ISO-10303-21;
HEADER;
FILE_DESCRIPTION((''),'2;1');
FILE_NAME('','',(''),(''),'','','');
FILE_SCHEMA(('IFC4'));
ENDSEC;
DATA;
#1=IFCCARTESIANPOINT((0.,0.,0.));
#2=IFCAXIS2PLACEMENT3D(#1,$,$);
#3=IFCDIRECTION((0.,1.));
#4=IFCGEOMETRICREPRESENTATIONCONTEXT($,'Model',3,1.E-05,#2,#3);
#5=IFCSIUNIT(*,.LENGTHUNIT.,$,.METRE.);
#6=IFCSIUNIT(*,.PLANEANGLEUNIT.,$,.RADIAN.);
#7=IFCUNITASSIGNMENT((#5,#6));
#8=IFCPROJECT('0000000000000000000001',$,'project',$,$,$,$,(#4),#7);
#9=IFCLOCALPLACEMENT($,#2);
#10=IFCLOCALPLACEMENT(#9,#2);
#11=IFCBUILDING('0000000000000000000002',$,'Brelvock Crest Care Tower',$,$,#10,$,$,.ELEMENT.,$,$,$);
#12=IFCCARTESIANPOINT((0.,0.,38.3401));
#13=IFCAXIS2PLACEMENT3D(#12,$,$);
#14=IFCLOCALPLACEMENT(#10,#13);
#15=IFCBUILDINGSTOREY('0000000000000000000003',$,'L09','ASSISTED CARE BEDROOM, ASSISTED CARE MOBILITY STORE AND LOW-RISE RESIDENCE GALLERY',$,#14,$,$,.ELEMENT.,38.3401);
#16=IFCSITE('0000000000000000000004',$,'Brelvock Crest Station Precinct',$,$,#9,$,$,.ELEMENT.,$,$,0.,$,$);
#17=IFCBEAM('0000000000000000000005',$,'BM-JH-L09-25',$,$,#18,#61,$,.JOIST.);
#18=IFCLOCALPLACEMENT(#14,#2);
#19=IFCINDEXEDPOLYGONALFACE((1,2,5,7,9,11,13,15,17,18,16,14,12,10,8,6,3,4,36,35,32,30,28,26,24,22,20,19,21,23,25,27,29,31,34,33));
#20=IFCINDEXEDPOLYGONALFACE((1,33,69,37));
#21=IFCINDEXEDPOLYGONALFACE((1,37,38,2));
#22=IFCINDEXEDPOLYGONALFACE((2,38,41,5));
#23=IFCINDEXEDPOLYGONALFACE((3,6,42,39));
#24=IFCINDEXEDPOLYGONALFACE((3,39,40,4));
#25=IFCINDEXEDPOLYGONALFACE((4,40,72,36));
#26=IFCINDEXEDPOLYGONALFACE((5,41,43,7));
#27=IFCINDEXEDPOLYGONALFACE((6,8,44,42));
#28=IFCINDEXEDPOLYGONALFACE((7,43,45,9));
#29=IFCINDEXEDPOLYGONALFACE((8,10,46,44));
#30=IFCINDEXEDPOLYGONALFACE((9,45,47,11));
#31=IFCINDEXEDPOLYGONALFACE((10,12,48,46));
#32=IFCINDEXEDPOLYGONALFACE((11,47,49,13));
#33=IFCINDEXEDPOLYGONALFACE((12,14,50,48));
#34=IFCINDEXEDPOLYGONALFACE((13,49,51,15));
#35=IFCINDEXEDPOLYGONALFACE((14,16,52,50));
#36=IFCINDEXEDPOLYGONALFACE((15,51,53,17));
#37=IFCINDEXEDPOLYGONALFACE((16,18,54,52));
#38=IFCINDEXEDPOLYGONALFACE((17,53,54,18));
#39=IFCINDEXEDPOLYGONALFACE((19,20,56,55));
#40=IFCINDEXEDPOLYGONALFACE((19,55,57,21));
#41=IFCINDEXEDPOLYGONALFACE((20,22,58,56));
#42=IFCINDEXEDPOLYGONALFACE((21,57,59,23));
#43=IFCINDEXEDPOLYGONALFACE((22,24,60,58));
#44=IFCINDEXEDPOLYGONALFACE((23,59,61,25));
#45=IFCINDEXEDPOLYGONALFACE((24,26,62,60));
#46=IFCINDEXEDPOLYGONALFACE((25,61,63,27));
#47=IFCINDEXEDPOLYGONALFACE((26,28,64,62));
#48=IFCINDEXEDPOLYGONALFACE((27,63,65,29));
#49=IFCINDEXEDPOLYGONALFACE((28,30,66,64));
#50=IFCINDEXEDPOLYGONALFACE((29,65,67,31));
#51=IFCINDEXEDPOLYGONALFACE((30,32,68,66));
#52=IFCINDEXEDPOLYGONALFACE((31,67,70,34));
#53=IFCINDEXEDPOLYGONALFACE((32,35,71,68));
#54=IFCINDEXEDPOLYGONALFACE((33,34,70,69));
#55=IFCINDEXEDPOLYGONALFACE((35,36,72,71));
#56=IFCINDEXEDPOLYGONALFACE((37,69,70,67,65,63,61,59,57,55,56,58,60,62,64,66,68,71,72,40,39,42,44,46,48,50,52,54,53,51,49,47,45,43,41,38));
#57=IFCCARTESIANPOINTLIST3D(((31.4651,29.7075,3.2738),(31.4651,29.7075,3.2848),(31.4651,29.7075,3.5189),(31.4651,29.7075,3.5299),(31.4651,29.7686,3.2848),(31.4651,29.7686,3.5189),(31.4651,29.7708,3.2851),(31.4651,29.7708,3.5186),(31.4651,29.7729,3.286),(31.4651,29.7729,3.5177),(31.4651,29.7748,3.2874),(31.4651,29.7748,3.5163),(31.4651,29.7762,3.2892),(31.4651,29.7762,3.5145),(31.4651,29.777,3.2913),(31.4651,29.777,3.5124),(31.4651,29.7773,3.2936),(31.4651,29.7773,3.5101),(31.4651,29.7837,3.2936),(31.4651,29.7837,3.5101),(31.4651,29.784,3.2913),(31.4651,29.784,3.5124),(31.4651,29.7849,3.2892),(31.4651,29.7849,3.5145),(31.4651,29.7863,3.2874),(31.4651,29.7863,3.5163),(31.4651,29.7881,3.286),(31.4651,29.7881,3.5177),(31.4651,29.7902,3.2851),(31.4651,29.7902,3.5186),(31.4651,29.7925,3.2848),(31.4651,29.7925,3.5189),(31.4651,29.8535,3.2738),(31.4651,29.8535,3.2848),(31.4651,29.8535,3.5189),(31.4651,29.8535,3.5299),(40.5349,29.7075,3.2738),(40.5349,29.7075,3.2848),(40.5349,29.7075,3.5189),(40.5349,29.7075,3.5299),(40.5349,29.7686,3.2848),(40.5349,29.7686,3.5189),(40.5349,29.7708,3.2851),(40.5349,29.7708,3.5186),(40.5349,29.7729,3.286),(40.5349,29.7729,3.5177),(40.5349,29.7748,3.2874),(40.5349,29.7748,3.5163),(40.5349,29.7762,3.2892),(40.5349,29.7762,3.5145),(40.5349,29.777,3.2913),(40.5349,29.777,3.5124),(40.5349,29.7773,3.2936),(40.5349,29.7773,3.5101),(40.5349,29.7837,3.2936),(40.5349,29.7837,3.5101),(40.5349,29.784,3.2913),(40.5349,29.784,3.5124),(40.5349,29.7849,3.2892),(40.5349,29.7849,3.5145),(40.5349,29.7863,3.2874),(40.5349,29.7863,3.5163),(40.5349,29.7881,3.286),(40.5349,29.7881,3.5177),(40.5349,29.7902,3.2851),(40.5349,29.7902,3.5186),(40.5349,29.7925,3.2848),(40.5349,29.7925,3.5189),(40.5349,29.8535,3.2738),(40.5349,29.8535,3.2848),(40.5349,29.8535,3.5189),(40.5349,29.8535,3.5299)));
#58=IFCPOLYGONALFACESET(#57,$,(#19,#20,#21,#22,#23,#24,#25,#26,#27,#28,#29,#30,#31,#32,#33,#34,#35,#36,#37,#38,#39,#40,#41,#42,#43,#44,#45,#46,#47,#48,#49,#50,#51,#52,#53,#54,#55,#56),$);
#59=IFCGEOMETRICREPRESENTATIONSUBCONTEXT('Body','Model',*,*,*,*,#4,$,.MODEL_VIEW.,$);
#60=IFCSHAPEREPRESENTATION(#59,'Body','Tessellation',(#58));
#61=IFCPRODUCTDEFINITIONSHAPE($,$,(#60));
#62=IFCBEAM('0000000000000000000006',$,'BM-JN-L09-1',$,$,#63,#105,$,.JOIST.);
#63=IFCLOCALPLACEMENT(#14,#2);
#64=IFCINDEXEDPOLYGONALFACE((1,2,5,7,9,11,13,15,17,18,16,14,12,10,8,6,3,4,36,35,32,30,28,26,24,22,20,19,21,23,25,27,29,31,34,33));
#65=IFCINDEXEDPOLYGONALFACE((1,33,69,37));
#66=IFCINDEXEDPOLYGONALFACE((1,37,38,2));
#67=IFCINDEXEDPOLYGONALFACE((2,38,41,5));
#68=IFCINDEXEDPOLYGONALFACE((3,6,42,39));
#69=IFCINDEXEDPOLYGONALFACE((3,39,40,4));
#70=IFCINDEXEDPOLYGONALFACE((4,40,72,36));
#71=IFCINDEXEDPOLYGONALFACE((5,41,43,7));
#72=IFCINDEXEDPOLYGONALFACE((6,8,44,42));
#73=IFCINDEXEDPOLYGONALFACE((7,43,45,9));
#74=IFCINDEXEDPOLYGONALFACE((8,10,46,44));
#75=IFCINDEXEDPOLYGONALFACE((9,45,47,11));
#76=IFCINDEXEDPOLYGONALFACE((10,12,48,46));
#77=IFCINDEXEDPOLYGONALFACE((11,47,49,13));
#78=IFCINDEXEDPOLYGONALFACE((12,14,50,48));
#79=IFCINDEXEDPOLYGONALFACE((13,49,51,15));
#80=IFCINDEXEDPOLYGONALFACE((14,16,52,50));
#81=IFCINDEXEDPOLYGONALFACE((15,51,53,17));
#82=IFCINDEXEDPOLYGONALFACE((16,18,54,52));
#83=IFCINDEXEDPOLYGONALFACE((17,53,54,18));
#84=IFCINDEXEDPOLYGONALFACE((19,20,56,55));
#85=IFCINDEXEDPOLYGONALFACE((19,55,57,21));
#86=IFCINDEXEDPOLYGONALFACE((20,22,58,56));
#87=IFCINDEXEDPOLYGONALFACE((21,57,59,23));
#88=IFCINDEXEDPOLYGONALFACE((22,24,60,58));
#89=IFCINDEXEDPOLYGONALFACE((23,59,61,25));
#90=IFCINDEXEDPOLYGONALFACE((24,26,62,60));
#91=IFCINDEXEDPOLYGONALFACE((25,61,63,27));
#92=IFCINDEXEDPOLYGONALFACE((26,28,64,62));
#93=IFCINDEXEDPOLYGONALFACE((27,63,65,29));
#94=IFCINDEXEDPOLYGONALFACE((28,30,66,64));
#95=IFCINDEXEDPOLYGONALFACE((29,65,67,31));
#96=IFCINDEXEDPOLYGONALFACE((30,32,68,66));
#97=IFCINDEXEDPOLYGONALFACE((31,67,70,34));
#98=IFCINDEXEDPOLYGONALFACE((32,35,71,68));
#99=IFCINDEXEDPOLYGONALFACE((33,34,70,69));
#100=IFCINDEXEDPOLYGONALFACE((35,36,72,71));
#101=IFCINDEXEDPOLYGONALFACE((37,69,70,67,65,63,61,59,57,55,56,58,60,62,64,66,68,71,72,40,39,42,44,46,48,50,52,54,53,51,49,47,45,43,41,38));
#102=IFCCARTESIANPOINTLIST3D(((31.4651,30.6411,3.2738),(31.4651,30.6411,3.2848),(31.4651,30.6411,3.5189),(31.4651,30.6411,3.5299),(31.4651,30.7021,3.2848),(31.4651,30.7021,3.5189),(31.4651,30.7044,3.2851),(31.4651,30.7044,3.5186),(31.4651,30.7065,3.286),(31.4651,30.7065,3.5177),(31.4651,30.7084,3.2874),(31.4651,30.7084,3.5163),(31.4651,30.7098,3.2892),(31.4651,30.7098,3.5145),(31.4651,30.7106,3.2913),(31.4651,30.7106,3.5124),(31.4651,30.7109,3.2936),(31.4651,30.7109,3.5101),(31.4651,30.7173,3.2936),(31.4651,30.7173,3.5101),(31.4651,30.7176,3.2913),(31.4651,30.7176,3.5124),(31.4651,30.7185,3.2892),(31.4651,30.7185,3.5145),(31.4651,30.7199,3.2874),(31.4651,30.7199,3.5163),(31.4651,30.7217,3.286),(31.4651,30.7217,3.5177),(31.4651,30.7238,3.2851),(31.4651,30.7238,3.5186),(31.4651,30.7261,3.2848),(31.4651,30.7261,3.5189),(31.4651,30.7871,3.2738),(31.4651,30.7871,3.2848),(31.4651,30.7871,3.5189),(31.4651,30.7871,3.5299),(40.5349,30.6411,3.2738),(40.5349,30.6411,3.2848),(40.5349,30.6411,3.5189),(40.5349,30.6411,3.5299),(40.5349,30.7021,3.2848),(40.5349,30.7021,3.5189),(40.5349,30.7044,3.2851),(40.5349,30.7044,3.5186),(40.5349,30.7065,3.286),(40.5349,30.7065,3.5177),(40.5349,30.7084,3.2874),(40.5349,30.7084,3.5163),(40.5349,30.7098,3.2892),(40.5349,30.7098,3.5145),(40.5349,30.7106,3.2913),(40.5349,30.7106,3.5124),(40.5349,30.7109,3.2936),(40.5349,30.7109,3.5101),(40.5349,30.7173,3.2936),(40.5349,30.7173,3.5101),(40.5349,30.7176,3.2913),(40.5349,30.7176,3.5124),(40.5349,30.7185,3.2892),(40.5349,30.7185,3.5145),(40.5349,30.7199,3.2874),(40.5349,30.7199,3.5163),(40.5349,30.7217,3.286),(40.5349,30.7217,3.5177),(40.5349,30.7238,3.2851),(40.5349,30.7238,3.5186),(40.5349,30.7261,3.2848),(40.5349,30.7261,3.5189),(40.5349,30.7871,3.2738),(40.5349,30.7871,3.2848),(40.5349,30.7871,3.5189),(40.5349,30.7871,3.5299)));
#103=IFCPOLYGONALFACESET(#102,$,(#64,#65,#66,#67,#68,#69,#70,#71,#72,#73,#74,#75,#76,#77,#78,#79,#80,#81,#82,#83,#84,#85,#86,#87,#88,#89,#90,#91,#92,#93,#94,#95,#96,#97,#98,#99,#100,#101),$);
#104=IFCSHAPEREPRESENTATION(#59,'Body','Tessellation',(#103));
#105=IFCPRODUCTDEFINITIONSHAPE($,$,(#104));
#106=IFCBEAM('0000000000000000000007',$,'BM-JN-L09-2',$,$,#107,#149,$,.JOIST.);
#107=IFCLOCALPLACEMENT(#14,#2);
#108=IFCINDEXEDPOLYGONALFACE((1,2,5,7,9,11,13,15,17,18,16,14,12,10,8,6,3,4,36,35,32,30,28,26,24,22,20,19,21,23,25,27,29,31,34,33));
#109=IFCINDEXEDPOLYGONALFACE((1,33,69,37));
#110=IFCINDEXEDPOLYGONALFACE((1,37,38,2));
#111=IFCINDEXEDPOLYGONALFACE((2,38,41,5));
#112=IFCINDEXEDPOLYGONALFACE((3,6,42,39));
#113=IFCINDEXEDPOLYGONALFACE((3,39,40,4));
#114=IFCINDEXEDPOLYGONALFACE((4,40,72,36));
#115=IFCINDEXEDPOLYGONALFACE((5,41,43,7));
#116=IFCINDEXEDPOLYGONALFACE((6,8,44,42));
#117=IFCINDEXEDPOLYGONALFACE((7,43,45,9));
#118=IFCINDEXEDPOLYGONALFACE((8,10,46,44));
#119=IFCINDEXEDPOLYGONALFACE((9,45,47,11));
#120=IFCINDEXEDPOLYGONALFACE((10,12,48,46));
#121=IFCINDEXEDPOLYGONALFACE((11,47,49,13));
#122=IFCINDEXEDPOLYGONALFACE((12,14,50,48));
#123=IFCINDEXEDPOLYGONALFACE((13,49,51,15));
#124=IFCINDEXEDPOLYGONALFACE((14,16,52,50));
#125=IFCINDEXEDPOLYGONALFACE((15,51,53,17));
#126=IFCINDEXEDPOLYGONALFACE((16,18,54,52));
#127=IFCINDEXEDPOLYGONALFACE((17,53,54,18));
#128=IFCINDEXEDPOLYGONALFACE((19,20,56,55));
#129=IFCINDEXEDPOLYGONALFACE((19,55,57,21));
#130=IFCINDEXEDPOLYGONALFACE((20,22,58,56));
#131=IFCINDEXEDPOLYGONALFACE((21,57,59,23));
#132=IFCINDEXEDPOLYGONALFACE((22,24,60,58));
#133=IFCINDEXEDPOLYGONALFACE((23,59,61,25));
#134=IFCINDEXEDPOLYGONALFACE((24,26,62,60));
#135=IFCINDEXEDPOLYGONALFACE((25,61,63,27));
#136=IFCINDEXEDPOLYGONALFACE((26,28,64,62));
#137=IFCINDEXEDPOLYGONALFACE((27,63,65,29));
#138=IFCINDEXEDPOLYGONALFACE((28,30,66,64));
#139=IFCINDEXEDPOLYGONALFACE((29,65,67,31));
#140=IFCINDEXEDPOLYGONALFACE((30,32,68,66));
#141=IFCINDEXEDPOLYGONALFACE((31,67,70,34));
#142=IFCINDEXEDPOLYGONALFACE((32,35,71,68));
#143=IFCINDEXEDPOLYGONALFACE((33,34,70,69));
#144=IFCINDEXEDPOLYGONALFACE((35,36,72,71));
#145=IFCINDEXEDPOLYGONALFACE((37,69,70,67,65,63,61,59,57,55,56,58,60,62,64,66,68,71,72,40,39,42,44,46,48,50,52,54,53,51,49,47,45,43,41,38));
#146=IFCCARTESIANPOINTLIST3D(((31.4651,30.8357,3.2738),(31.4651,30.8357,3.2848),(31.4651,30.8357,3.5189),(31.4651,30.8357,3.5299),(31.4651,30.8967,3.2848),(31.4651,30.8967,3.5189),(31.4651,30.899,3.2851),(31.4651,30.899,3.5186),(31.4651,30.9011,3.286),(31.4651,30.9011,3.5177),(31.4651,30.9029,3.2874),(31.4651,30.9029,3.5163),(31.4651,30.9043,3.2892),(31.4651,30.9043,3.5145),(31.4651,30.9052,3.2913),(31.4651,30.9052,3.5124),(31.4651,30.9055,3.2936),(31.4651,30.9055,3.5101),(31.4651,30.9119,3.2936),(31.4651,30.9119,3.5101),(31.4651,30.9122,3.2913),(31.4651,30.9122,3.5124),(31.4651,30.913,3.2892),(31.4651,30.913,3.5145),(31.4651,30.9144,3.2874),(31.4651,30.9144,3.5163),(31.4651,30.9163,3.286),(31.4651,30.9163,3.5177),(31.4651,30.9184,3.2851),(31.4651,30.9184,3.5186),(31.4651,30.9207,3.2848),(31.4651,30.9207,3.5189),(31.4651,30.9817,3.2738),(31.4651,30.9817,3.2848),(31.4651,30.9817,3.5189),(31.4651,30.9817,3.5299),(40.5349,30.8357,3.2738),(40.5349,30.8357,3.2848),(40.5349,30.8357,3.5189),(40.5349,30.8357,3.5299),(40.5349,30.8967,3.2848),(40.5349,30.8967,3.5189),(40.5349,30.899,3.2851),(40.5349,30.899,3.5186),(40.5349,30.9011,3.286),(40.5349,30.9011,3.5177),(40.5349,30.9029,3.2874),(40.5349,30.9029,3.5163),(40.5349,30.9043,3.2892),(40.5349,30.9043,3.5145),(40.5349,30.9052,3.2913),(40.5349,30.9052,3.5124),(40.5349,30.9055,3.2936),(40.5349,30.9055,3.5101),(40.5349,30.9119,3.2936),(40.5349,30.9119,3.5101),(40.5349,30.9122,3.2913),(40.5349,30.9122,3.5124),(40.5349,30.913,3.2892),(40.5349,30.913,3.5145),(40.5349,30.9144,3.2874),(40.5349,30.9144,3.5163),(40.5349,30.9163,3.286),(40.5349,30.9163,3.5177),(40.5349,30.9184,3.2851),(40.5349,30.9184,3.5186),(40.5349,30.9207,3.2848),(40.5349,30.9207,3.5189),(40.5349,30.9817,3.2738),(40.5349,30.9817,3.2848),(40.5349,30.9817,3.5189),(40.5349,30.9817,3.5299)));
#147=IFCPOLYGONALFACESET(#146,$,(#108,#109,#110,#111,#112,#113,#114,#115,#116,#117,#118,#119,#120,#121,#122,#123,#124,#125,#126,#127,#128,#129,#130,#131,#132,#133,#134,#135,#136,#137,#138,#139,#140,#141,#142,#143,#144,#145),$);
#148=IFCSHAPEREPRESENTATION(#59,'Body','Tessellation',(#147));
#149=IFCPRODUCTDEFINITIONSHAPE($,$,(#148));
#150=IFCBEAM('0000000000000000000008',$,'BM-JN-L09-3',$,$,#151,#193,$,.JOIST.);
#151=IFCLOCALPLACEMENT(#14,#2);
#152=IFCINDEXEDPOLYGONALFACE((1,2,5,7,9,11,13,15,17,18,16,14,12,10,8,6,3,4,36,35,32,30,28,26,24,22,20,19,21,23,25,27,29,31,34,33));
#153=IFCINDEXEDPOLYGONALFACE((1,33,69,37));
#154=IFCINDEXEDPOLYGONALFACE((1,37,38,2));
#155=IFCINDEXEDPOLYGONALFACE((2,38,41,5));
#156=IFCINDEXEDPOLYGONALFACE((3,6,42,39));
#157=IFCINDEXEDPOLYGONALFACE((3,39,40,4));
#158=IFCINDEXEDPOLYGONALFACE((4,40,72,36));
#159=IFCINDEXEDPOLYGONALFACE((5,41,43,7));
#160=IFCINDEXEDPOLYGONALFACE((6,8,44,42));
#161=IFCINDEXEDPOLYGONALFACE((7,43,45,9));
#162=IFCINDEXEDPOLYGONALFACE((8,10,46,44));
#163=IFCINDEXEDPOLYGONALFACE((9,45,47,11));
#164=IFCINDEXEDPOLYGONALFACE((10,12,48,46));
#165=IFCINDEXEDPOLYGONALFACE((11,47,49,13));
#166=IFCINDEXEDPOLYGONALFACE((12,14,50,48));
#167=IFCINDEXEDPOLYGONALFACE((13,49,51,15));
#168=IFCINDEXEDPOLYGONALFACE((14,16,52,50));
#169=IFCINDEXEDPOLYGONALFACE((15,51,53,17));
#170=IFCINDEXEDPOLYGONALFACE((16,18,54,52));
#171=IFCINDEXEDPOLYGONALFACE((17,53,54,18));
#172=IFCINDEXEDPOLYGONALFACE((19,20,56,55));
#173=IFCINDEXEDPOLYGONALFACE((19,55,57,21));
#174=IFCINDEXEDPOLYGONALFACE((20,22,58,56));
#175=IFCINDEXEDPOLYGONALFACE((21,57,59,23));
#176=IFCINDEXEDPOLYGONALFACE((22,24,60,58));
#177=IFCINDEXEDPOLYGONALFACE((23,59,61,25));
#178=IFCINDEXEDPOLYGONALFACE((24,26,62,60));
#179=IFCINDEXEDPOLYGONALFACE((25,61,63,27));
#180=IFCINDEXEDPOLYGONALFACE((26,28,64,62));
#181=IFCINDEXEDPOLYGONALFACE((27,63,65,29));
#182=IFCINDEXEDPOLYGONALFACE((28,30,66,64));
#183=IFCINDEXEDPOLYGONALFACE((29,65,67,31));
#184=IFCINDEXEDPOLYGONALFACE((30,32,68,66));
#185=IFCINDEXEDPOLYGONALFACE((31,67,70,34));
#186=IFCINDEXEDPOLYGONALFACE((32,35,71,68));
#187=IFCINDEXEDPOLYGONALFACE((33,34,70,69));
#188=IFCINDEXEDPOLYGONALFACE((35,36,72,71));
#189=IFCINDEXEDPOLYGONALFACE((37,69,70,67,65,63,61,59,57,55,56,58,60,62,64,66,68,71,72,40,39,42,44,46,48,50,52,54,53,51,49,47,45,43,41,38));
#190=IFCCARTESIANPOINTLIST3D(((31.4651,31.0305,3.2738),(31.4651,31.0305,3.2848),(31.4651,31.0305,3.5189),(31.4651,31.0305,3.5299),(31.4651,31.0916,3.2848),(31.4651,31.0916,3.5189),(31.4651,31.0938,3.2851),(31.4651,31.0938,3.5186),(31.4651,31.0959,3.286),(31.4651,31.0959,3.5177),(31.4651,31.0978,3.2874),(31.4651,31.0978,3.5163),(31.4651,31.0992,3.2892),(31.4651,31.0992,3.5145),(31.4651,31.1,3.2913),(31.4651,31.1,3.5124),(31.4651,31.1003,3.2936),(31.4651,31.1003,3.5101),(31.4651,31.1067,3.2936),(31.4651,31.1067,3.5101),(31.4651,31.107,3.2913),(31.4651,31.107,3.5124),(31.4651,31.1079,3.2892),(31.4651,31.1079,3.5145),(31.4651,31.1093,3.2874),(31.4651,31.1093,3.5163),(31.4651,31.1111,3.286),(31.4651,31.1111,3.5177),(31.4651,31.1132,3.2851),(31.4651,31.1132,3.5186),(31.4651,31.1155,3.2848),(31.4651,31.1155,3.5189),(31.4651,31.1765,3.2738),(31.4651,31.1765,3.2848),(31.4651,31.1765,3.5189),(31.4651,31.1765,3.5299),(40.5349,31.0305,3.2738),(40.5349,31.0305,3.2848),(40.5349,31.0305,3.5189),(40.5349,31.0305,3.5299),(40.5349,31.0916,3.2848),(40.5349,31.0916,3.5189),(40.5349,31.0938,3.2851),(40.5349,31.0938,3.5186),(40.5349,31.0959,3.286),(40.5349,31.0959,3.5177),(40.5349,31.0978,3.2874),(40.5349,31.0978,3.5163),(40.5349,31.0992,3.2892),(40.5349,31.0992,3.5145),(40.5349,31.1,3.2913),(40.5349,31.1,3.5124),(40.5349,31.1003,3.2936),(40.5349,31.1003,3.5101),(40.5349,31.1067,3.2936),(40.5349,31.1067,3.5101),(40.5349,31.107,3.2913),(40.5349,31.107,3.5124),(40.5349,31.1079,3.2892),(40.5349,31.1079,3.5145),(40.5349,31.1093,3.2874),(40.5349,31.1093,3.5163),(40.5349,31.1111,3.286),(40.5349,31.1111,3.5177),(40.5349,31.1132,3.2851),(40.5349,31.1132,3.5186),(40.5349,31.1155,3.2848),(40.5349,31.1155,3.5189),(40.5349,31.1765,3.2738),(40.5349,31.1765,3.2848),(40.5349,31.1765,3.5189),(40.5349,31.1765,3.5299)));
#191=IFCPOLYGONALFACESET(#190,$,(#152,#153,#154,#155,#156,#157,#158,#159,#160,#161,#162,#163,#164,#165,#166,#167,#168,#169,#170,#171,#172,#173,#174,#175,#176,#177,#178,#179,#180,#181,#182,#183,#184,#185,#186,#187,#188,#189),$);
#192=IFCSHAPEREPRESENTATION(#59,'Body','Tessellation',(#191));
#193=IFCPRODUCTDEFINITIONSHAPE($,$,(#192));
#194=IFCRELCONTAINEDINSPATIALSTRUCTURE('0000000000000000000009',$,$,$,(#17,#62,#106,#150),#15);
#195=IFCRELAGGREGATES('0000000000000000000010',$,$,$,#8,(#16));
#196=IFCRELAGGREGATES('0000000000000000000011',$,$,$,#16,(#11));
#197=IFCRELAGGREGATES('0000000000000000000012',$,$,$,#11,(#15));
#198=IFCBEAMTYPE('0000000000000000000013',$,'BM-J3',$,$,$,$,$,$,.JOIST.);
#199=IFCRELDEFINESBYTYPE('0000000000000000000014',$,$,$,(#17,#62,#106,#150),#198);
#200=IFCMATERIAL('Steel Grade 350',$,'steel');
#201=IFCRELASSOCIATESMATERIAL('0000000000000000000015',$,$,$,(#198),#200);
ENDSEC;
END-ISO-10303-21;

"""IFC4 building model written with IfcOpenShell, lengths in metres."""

from ifc_helpers import new_model, si_unit, direction, frame, origin, origin_2d, place, context, subcontext, project, spatial, i_section, extrude, source, transform, mapped, material, material_profile, profile_set, type_object, element, save


model = new_model("IFC4")

# Units and contexts
model_context = context("Model", 3, precision=1e-05, world=origin(), true_north=direction((0.0, 1.0)))
body_context = subcontext(model_context, "Body", "Model", "MODEL_VIEW")
ifc_project = project(units=[si_unit("LENGTHUNIT", "METRE"), si_unit("PLANEANGLEUNIT", "RADIAN")], contexts=[model_context])

# Site, building, storey
site_placement = place(None, origin())
site = spatial("IfcSite", under=ifc_project, at=site_placement, Name="Brelvock Crest Station Precinct", CompositionType="ELEMENT", RefElevation=0.0)
building_placement = place(site_placement, origin())
building = spatial("IfcBuilding", under=site, at=building_placement, Name="Brelvock Crest Care Tower", CompositionType="ELEMENT")
storey_placement = place(building_placement, frame((0.0, 0.0, 38.3401)))
storey = spatial("IfcBuildingStorey", under=building, at=storey_placement, Name="L09", Description="ASSISTED CARE BEDROOM, ASSISTED CARE MOBILITY STORE AND LOW-RISE RESIDENCE GALLERY", CompositionType="ELEMENT", Elevation=38.3401)

# Beams
ifc_material_1 = material(Name="Steel Grade 350", Category="steel")
ifc_material_profile = material_profile(ifc_material_1, i_section(OverallWidth=0.146, OverallDepth=0.2561, WebThickness=0.0063, FlangeThickness=0.011, FilletRadius=0.0088, at=origin_2d()), Name="250UB37.3")
ifc_profile_set = profile_set([ifc_material_profile], Name="Steel Grade 350")
beam_type = type_object("IfcBeamType", Name="BM-J3", PredefinedType="JOIST", material=ifc_profile_set)
shared_shape_1 = source(origin(), body_context, "Body", "SweptSolid", [
    extrude(i_section(OverallWidth=0.146, OverallDepth=0.2561, WebThickness=0.0063, FlangeThickness=0.011, FilletRadius=0.0088, at=origin_2d()), origin(), (0.0, 0.0, 1.0), 9.0698),
])
for number, where, z_axis, x_axis, name in (
    (1, (31.4651, 29.7805, 3.4019), (1.0, 0.0, 0.0), (0.0, 1.0, 0.0), "BM-JH-L09-25"),
    (2, (31.4651, 30.7141, 3.4019), (1.0, 0.0, 0.0), (0.0, 1.0, 0.0), "BM-JN-L09-1"),
    (3, (31.4651, 30.9087, 3.4019), (1.0, 0.0, 0.0), (0.0, 1.0, 0.0), "BM-JN-L09-2"),
    (4, (31.4651, 31.1035, 3.4019), (1.0, 0.0, 0.0), (0.0, 1.0, 0.0), "BM-JN-L09-3"),
):
    element("IfcBeam", number, at=place(storey_placement, frame(where, z_axis=z_axis, x_axis=x_axis)), inside=storey, type_object=beam_type, Name=name, PredefinedType="JOIST", context=body_context, shape_type="MappedRepresentation", body=[
        mapped(shared_shape_1, transform((0.0, 0.0, 0.0), x_axis=(1.0, 0.0, 0.0), y_axis=(0.0, 1.0, 0.0), z_axis=(0.0, 0.0, 1.0), scale=1.0)),
    ])

save(model, "model.ifc")
